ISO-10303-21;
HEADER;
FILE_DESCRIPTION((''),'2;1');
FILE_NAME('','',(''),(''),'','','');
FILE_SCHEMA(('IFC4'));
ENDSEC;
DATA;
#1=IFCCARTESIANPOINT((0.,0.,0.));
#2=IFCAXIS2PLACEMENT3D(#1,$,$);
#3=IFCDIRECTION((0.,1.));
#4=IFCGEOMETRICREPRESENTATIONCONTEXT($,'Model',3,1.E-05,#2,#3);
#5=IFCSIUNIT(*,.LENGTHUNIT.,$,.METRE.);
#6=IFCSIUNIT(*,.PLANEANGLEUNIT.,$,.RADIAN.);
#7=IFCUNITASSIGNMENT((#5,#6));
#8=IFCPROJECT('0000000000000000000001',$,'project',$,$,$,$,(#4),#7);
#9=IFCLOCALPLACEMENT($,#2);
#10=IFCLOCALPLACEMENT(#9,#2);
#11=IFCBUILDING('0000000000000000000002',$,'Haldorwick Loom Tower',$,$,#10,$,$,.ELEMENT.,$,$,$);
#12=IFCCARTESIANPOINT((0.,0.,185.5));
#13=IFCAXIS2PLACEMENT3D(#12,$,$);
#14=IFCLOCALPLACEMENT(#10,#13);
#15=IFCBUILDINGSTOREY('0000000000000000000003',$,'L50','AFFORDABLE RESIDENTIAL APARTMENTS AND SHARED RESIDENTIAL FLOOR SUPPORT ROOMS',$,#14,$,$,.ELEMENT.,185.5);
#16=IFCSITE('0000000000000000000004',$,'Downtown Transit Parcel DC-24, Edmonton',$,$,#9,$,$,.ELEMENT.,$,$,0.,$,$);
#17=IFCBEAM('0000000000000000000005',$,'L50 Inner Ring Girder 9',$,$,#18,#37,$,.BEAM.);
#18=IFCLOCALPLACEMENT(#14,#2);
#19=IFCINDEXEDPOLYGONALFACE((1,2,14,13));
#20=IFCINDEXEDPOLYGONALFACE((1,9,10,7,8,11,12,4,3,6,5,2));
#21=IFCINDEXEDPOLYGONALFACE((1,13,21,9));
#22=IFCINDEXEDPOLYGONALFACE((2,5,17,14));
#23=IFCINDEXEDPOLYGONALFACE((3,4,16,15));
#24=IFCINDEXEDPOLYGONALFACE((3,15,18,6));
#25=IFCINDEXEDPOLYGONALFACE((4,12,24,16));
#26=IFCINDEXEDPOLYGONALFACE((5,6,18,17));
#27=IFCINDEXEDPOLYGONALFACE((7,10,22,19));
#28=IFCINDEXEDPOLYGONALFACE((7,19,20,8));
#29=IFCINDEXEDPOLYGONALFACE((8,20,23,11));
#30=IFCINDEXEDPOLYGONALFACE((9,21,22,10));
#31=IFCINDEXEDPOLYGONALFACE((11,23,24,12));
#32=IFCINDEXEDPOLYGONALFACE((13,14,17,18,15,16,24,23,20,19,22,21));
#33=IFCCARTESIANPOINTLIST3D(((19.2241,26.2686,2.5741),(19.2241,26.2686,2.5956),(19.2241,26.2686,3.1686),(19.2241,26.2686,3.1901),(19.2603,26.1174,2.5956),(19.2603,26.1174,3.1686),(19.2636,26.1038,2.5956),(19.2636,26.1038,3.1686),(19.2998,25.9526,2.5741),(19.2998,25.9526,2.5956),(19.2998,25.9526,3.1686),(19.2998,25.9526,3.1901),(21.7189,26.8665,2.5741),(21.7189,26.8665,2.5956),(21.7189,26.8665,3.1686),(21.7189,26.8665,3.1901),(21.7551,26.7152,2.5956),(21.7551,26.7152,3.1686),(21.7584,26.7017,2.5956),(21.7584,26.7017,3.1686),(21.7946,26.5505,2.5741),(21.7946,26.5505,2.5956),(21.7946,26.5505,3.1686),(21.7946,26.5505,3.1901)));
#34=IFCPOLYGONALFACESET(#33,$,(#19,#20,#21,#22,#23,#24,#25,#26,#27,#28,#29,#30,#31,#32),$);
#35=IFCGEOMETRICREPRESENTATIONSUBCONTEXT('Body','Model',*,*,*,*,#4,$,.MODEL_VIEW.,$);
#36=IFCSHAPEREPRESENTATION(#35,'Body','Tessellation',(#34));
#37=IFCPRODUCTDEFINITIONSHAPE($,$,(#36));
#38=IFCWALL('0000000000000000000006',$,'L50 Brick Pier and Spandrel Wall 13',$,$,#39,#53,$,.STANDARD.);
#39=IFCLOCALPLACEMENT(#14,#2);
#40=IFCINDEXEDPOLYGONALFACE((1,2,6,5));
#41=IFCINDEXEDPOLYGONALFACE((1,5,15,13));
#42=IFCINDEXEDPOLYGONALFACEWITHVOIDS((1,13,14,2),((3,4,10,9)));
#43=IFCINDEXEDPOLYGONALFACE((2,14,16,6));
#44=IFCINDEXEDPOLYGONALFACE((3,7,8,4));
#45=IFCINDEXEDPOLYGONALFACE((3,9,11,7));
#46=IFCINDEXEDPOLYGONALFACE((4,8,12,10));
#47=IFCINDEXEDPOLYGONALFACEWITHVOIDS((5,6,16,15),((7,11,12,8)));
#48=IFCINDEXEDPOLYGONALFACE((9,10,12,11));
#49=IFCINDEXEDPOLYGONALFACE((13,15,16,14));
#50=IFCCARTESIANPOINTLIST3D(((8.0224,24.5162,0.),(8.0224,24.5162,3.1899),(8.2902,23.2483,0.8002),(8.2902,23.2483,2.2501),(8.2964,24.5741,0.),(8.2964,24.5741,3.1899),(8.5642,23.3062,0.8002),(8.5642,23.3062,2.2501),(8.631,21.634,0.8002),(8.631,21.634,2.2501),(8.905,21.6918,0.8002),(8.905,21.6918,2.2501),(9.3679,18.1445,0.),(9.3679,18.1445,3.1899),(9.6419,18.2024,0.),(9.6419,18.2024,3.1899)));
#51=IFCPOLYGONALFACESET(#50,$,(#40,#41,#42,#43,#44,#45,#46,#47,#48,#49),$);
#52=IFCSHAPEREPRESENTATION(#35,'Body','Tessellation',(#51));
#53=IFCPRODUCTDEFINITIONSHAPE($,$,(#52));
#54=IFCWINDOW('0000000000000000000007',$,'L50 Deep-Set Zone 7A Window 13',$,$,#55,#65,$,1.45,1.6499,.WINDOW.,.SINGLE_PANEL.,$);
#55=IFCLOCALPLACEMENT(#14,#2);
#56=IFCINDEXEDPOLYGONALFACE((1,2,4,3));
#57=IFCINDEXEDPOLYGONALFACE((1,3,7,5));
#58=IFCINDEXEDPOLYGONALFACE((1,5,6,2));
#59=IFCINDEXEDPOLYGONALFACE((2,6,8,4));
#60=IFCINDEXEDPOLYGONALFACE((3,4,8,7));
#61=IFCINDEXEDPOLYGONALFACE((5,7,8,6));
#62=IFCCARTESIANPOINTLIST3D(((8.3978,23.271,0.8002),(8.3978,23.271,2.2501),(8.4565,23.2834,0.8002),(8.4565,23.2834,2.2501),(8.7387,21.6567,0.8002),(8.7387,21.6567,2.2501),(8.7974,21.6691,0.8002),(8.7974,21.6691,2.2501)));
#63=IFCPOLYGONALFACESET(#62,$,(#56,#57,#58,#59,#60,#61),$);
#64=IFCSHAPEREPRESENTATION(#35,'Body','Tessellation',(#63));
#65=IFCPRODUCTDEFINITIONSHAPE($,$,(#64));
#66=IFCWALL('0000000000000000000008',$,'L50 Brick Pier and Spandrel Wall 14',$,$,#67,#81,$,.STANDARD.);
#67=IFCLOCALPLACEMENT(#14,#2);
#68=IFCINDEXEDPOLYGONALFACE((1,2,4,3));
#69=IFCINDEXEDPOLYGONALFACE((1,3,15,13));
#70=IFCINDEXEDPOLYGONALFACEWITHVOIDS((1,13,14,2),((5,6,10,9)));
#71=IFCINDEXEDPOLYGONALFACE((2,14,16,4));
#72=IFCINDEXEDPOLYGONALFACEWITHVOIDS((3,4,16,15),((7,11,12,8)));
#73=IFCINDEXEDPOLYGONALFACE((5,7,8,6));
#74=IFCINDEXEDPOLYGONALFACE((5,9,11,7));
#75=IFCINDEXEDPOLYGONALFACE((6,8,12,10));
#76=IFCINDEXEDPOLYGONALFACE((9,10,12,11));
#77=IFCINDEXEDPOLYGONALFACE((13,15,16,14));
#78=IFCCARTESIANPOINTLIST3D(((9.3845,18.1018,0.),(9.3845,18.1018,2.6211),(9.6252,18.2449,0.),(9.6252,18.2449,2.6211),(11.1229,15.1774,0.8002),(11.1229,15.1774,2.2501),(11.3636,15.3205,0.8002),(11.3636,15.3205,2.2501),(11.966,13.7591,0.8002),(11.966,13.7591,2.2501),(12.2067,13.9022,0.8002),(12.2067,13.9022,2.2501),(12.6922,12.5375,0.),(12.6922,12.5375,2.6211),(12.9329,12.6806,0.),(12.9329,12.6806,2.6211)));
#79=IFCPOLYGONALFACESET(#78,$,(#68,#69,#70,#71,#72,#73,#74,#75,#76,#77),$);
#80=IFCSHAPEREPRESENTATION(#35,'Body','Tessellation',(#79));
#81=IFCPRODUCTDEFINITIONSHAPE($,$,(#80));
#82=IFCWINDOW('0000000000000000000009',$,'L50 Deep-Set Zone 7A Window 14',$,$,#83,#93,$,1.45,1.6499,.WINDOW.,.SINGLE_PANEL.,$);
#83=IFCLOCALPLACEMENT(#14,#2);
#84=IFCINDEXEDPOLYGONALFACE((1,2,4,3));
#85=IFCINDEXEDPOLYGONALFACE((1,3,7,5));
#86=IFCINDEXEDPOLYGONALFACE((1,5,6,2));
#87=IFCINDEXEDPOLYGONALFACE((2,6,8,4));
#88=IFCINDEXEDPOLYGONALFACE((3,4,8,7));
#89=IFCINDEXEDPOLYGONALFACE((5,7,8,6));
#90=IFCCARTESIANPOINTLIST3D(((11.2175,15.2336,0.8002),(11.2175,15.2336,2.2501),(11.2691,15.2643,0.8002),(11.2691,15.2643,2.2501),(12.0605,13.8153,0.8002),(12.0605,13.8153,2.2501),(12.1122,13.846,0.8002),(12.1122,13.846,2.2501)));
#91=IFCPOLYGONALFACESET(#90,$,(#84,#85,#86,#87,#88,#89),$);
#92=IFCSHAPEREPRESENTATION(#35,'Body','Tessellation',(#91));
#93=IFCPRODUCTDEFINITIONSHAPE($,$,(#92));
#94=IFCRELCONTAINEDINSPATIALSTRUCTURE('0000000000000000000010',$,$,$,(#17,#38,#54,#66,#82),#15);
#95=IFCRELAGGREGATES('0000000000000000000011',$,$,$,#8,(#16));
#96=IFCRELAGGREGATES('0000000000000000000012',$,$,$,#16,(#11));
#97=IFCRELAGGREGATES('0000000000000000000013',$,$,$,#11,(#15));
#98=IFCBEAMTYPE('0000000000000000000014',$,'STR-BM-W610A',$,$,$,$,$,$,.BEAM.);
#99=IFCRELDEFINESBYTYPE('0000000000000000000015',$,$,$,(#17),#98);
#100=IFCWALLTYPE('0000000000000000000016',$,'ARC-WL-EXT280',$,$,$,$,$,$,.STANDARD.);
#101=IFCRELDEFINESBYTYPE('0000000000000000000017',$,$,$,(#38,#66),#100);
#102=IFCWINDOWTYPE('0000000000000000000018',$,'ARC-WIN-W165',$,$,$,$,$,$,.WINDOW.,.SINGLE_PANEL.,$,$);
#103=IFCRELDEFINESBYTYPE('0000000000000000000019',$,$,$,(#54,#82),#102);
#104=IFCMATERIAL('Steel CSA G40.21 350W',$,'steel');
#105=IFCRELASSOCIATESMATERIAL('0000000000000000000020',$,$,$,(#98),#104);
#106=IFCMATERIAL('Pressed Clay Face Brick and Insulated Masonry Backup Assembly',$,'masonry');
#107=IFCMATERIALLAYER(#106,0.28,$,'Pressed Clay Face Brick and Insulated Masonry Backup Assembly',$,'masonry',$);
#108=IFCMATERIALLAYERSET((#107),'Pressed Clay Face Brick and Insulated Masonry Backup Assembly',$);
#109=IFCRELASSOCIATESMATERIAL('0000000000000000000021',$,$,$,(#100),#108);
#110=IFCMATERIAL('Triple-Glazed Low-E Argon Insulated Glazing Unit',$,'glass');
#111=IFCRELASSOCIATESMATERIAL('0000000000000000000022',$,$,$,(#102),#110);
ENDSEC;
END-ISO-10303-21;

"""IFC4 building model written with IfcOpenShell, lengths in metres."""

from ifc_helpers import new_model, si_unit, direction, frame, frame_2d, origin, origin_2d, place, context, subcontext, project, spatial, rectangle, i_section, extrude, material, layer, layer_set, material_profile, profile_set, type_object, element, fill, save


model = new_model("IFC4")

# Units and contexts
model_context = context("Model", 3, precision=1e-05, world=origin(), true_north=direction((0.0, 1.0)))
body_context = subcontext(model_context, "Body", "Model", "MODEL_VIEW")
ifc_project = project(units=[si_unit("LENGTHUNIT", "METRE"), si_unit("PLANEANGLEUNIT", "RADIAN")], contexts=[model_context])

# Site, building, storey
site_placement = place(None, origin())
site = spatial("IfcSite", under=ifc_project, at=site_placement, Name="Downtown Transit Parcel DC-24, Edmonton", CompositionType="ELEMENT", RefElevation=0.0)
building_placement = place(site_placement, origin())
building = spatial("IfcBuilding", under=site, at=building_placement, Name="Haldorwick Loom Tower", CompositionType="ELEMENT")
storey_placement = place(building_placement, frame((0.0, 0.0, 185.5)))
storey = spatial("IfcBuildingStorey", under=building, at=storey_placement, Name="L50", Description="AFFORDABLE RESIDENTIAL APARTMENTS AND SHARED RESIDENTIAL FLOOR SUPPORT ROOMS", CompositionType="ELEMENT", Elevation=185.5)

# Beam
ifc_material_1 = material(Name="Steel CSA G40.21 350W", Category="steel")
ifc_material_profile_1 = material_profile(ifc_material_1, i_section(OverallWidth=0.325, OverallDepth=0.616, WebThickness=0.0139, FlangeThickness=0.0215, at=origin_2d()), Name="W610X174", Category="steel")
ifc_profile_set_1 = profile_set([ifc_material_profile_1], Name="Steel CSA G40.21 350W")
beam_type_1 = type_object("IfcBeamType", Name="STR-BM-W610A", PredefinedType="BEAM", material=ifc_profile_set_1)
beam_1_placement = place(storey_placement, frame((19.262, 26.1106, 2.8821), z_axis=(0.972464, 0.233053, 0.0), x_axis=(-0.233053, 0.972464, 0.0)))
element("IfcBeam", 1, at=beam_1_placement, inside=storey, type_object=beam_type_1, Name="L50 Inner Ring Girder 9", PredefinedType="BEAM", context=body_context, shape_type="SweptSolid", body=[
    extrude(i_section(OverallWidth=0.325, OverallDepth=0.616, WebThickness=0.0139, FlangeThickness=0.0215, at=origin_2d()), origin(), (0.0, 0.0, 1.0), 2.5654),
])

# Walls, openings, windows
ifc_material_2 = material(Name="Pressed Clay Face Brick and Insulated Masonry Backup Assembly", Category="masonry")
ifc_layer_1 = layer(ifc_material_2, 0.28, Name="Pressed Clay Face Brick and Insulated Masonry Backup Assembly", Category="masonry")
ifc_layer_set_1 = layer_set([ifc_layer_1], Name="Pressed Clay Face Brick and Insulated Masonry Backup Assembly")
wall_type_1 = type_object("IfcWallType", Name="ARC-WL-EXT280", PredefinedType="STANDARD", material=ifc_layer_set_1)
wall_1_placement = place(storey_placement, frame((8.1594, 24.5452, 0.0), z_axis=(0.0, 0.0, 1.0), x_axis=(0.206602, -0.978425, 0.0)))
wall_1 = element("IfcWall", 2, at=wall_1_placement, inside=storey, type_object=wall_type_1, Name="L50 Brick Pier and Spandrel Wall 13", PredefinedType="STANDARD", context=body_context, shape_type="SweptSolid", body=[
    extrude(rectangle(XDim=6.5122, YDim=0.28, at=frame_2d((3.2561, 0.0))), origin(), (0.0, 0.0, 1.0), 3.1899),
])
opening_1_placement = place(wall_1_placement, frame((1.2959, 0.0, 0.8)))
opening_1 = element("IfcOpeningElement", 3, at=opening_1_placement, cuts=wall_1, PredefinedType="OPENING", context=body_context, shape_type="SweptSolid", body=[
    extrude(rectangle(XDim=1.6499, YDim=1.45, at=frame_2d((0.825, 0.7251))), frame((0.0, 0.1499, 0.0), z_axis=(0.0, -1.0, 0.0), x_axis=(1.0, 0.0, 0.0)), (0.0, 0.0, 1.0), 0.3),
])
ifc_material_3 = material(Name="Triple-Glazed Low-E Argon Insulated Glazing Unit", Category="glass")
window_type = type_object("IfcWindowType", Name="ARC-WIN-W165", PartitioningType="SINGLE_PANEL", PredefinedType="WINDOW", material=ifc_material_3)
window_1_placement = place(opening_1_placement, origin())
window_1 = element("IfcWindow", 4, at=window_1_placement, inside=storey, type_object=window_type, Name="L50 Deep-Set Zone 7A Window 13", OverallHeight=1.45, OverallWidth=1.6499, PartitioningType="SINGLE_PANEL", PredefinedType="WINDOW", context=body_context, shape_type="SweptSolid", body=[
    extrude(rectangle(XDim=1.6499, YDim=1.45, at=frame_2d((0.825, 0.7251))), frame((0.0, 0.03, 0.0), z_axis=(0.0, -1.0, 0.0), x_axis=(1.0, 0.0, 0.0)), (0.0, 0.0, 1.0), 0.0601),
])
fill(opening_1, window_1)
wall_2_placement = place(storey_placement, frame((9.5049, 18.1733, 0.0), z_axis=(0.0, 0.0, 1.0), x_axis=(0.51098, -0.859592, 0.0)))
wall_2 = element("IfcWall", 5, at=wall_2_placement, inside=storey, type_object=wall_type_1, Name="L50 Brick Pier and Spandrel Wall 14", PredefinedType="STANDARD", context=body_context, shape_type="SweptSolid", body=[
    extrude(rectangle(XDim=6.4731, YDim=0.28, at=frame_2d((3.2366, 0.0))), origin(), (0.0, 0.0, 1.0), 2.6211),
])
opening_2_placement = place(wall_2_placement, frame((3.4021, 0.0, 0.8)))
opening_2 = element("IfcOpeningElement", 6, at=opening_2_placement, cuts=wall_2, PredefinedType="OPENING", context=body_context, shape_type="SweptSolid", body=[
    extrude(rectangle(XDim=1.6499, YDim=1.45, at=frame_2d((0.825, 0.7251))), frame((0.0, 0.1499, 0.0), z_axis=(0.0, -1.0, 0.0), x_axis=(1.0, 0.0, 0.0)), (0.0, 0.0, 1.0), 0.3),
])
window_2_placement = place(opening_2_placement, origin())
window_2 = element("IfcWindow", 7, at=window_2_placement, inside=storey, type_object=window_type, Name="L50 Deep-Set Zone 7A Window 14", OverallHeight=1.45, OverallWidth=1.6499, PartitioningType="SINGLE_PANEL", PredefinedType="WINDOW", context=body_context, shape_type="SweptSolid", body=[
    extrude(rectangle(XDim=1.6499, YDim=1.45, at=frame_2d((0.825, 0.7251))), frame((0.0, 0.03, 0.0), z_axis=(0.0, -1.0, 0.0), x_axis=(1.0, 0.0, 0.0)), (0.0, 0.0, 1.0), 0.0601),
])
fill(opening_2, window_2)

save(model, "model.ifc")
